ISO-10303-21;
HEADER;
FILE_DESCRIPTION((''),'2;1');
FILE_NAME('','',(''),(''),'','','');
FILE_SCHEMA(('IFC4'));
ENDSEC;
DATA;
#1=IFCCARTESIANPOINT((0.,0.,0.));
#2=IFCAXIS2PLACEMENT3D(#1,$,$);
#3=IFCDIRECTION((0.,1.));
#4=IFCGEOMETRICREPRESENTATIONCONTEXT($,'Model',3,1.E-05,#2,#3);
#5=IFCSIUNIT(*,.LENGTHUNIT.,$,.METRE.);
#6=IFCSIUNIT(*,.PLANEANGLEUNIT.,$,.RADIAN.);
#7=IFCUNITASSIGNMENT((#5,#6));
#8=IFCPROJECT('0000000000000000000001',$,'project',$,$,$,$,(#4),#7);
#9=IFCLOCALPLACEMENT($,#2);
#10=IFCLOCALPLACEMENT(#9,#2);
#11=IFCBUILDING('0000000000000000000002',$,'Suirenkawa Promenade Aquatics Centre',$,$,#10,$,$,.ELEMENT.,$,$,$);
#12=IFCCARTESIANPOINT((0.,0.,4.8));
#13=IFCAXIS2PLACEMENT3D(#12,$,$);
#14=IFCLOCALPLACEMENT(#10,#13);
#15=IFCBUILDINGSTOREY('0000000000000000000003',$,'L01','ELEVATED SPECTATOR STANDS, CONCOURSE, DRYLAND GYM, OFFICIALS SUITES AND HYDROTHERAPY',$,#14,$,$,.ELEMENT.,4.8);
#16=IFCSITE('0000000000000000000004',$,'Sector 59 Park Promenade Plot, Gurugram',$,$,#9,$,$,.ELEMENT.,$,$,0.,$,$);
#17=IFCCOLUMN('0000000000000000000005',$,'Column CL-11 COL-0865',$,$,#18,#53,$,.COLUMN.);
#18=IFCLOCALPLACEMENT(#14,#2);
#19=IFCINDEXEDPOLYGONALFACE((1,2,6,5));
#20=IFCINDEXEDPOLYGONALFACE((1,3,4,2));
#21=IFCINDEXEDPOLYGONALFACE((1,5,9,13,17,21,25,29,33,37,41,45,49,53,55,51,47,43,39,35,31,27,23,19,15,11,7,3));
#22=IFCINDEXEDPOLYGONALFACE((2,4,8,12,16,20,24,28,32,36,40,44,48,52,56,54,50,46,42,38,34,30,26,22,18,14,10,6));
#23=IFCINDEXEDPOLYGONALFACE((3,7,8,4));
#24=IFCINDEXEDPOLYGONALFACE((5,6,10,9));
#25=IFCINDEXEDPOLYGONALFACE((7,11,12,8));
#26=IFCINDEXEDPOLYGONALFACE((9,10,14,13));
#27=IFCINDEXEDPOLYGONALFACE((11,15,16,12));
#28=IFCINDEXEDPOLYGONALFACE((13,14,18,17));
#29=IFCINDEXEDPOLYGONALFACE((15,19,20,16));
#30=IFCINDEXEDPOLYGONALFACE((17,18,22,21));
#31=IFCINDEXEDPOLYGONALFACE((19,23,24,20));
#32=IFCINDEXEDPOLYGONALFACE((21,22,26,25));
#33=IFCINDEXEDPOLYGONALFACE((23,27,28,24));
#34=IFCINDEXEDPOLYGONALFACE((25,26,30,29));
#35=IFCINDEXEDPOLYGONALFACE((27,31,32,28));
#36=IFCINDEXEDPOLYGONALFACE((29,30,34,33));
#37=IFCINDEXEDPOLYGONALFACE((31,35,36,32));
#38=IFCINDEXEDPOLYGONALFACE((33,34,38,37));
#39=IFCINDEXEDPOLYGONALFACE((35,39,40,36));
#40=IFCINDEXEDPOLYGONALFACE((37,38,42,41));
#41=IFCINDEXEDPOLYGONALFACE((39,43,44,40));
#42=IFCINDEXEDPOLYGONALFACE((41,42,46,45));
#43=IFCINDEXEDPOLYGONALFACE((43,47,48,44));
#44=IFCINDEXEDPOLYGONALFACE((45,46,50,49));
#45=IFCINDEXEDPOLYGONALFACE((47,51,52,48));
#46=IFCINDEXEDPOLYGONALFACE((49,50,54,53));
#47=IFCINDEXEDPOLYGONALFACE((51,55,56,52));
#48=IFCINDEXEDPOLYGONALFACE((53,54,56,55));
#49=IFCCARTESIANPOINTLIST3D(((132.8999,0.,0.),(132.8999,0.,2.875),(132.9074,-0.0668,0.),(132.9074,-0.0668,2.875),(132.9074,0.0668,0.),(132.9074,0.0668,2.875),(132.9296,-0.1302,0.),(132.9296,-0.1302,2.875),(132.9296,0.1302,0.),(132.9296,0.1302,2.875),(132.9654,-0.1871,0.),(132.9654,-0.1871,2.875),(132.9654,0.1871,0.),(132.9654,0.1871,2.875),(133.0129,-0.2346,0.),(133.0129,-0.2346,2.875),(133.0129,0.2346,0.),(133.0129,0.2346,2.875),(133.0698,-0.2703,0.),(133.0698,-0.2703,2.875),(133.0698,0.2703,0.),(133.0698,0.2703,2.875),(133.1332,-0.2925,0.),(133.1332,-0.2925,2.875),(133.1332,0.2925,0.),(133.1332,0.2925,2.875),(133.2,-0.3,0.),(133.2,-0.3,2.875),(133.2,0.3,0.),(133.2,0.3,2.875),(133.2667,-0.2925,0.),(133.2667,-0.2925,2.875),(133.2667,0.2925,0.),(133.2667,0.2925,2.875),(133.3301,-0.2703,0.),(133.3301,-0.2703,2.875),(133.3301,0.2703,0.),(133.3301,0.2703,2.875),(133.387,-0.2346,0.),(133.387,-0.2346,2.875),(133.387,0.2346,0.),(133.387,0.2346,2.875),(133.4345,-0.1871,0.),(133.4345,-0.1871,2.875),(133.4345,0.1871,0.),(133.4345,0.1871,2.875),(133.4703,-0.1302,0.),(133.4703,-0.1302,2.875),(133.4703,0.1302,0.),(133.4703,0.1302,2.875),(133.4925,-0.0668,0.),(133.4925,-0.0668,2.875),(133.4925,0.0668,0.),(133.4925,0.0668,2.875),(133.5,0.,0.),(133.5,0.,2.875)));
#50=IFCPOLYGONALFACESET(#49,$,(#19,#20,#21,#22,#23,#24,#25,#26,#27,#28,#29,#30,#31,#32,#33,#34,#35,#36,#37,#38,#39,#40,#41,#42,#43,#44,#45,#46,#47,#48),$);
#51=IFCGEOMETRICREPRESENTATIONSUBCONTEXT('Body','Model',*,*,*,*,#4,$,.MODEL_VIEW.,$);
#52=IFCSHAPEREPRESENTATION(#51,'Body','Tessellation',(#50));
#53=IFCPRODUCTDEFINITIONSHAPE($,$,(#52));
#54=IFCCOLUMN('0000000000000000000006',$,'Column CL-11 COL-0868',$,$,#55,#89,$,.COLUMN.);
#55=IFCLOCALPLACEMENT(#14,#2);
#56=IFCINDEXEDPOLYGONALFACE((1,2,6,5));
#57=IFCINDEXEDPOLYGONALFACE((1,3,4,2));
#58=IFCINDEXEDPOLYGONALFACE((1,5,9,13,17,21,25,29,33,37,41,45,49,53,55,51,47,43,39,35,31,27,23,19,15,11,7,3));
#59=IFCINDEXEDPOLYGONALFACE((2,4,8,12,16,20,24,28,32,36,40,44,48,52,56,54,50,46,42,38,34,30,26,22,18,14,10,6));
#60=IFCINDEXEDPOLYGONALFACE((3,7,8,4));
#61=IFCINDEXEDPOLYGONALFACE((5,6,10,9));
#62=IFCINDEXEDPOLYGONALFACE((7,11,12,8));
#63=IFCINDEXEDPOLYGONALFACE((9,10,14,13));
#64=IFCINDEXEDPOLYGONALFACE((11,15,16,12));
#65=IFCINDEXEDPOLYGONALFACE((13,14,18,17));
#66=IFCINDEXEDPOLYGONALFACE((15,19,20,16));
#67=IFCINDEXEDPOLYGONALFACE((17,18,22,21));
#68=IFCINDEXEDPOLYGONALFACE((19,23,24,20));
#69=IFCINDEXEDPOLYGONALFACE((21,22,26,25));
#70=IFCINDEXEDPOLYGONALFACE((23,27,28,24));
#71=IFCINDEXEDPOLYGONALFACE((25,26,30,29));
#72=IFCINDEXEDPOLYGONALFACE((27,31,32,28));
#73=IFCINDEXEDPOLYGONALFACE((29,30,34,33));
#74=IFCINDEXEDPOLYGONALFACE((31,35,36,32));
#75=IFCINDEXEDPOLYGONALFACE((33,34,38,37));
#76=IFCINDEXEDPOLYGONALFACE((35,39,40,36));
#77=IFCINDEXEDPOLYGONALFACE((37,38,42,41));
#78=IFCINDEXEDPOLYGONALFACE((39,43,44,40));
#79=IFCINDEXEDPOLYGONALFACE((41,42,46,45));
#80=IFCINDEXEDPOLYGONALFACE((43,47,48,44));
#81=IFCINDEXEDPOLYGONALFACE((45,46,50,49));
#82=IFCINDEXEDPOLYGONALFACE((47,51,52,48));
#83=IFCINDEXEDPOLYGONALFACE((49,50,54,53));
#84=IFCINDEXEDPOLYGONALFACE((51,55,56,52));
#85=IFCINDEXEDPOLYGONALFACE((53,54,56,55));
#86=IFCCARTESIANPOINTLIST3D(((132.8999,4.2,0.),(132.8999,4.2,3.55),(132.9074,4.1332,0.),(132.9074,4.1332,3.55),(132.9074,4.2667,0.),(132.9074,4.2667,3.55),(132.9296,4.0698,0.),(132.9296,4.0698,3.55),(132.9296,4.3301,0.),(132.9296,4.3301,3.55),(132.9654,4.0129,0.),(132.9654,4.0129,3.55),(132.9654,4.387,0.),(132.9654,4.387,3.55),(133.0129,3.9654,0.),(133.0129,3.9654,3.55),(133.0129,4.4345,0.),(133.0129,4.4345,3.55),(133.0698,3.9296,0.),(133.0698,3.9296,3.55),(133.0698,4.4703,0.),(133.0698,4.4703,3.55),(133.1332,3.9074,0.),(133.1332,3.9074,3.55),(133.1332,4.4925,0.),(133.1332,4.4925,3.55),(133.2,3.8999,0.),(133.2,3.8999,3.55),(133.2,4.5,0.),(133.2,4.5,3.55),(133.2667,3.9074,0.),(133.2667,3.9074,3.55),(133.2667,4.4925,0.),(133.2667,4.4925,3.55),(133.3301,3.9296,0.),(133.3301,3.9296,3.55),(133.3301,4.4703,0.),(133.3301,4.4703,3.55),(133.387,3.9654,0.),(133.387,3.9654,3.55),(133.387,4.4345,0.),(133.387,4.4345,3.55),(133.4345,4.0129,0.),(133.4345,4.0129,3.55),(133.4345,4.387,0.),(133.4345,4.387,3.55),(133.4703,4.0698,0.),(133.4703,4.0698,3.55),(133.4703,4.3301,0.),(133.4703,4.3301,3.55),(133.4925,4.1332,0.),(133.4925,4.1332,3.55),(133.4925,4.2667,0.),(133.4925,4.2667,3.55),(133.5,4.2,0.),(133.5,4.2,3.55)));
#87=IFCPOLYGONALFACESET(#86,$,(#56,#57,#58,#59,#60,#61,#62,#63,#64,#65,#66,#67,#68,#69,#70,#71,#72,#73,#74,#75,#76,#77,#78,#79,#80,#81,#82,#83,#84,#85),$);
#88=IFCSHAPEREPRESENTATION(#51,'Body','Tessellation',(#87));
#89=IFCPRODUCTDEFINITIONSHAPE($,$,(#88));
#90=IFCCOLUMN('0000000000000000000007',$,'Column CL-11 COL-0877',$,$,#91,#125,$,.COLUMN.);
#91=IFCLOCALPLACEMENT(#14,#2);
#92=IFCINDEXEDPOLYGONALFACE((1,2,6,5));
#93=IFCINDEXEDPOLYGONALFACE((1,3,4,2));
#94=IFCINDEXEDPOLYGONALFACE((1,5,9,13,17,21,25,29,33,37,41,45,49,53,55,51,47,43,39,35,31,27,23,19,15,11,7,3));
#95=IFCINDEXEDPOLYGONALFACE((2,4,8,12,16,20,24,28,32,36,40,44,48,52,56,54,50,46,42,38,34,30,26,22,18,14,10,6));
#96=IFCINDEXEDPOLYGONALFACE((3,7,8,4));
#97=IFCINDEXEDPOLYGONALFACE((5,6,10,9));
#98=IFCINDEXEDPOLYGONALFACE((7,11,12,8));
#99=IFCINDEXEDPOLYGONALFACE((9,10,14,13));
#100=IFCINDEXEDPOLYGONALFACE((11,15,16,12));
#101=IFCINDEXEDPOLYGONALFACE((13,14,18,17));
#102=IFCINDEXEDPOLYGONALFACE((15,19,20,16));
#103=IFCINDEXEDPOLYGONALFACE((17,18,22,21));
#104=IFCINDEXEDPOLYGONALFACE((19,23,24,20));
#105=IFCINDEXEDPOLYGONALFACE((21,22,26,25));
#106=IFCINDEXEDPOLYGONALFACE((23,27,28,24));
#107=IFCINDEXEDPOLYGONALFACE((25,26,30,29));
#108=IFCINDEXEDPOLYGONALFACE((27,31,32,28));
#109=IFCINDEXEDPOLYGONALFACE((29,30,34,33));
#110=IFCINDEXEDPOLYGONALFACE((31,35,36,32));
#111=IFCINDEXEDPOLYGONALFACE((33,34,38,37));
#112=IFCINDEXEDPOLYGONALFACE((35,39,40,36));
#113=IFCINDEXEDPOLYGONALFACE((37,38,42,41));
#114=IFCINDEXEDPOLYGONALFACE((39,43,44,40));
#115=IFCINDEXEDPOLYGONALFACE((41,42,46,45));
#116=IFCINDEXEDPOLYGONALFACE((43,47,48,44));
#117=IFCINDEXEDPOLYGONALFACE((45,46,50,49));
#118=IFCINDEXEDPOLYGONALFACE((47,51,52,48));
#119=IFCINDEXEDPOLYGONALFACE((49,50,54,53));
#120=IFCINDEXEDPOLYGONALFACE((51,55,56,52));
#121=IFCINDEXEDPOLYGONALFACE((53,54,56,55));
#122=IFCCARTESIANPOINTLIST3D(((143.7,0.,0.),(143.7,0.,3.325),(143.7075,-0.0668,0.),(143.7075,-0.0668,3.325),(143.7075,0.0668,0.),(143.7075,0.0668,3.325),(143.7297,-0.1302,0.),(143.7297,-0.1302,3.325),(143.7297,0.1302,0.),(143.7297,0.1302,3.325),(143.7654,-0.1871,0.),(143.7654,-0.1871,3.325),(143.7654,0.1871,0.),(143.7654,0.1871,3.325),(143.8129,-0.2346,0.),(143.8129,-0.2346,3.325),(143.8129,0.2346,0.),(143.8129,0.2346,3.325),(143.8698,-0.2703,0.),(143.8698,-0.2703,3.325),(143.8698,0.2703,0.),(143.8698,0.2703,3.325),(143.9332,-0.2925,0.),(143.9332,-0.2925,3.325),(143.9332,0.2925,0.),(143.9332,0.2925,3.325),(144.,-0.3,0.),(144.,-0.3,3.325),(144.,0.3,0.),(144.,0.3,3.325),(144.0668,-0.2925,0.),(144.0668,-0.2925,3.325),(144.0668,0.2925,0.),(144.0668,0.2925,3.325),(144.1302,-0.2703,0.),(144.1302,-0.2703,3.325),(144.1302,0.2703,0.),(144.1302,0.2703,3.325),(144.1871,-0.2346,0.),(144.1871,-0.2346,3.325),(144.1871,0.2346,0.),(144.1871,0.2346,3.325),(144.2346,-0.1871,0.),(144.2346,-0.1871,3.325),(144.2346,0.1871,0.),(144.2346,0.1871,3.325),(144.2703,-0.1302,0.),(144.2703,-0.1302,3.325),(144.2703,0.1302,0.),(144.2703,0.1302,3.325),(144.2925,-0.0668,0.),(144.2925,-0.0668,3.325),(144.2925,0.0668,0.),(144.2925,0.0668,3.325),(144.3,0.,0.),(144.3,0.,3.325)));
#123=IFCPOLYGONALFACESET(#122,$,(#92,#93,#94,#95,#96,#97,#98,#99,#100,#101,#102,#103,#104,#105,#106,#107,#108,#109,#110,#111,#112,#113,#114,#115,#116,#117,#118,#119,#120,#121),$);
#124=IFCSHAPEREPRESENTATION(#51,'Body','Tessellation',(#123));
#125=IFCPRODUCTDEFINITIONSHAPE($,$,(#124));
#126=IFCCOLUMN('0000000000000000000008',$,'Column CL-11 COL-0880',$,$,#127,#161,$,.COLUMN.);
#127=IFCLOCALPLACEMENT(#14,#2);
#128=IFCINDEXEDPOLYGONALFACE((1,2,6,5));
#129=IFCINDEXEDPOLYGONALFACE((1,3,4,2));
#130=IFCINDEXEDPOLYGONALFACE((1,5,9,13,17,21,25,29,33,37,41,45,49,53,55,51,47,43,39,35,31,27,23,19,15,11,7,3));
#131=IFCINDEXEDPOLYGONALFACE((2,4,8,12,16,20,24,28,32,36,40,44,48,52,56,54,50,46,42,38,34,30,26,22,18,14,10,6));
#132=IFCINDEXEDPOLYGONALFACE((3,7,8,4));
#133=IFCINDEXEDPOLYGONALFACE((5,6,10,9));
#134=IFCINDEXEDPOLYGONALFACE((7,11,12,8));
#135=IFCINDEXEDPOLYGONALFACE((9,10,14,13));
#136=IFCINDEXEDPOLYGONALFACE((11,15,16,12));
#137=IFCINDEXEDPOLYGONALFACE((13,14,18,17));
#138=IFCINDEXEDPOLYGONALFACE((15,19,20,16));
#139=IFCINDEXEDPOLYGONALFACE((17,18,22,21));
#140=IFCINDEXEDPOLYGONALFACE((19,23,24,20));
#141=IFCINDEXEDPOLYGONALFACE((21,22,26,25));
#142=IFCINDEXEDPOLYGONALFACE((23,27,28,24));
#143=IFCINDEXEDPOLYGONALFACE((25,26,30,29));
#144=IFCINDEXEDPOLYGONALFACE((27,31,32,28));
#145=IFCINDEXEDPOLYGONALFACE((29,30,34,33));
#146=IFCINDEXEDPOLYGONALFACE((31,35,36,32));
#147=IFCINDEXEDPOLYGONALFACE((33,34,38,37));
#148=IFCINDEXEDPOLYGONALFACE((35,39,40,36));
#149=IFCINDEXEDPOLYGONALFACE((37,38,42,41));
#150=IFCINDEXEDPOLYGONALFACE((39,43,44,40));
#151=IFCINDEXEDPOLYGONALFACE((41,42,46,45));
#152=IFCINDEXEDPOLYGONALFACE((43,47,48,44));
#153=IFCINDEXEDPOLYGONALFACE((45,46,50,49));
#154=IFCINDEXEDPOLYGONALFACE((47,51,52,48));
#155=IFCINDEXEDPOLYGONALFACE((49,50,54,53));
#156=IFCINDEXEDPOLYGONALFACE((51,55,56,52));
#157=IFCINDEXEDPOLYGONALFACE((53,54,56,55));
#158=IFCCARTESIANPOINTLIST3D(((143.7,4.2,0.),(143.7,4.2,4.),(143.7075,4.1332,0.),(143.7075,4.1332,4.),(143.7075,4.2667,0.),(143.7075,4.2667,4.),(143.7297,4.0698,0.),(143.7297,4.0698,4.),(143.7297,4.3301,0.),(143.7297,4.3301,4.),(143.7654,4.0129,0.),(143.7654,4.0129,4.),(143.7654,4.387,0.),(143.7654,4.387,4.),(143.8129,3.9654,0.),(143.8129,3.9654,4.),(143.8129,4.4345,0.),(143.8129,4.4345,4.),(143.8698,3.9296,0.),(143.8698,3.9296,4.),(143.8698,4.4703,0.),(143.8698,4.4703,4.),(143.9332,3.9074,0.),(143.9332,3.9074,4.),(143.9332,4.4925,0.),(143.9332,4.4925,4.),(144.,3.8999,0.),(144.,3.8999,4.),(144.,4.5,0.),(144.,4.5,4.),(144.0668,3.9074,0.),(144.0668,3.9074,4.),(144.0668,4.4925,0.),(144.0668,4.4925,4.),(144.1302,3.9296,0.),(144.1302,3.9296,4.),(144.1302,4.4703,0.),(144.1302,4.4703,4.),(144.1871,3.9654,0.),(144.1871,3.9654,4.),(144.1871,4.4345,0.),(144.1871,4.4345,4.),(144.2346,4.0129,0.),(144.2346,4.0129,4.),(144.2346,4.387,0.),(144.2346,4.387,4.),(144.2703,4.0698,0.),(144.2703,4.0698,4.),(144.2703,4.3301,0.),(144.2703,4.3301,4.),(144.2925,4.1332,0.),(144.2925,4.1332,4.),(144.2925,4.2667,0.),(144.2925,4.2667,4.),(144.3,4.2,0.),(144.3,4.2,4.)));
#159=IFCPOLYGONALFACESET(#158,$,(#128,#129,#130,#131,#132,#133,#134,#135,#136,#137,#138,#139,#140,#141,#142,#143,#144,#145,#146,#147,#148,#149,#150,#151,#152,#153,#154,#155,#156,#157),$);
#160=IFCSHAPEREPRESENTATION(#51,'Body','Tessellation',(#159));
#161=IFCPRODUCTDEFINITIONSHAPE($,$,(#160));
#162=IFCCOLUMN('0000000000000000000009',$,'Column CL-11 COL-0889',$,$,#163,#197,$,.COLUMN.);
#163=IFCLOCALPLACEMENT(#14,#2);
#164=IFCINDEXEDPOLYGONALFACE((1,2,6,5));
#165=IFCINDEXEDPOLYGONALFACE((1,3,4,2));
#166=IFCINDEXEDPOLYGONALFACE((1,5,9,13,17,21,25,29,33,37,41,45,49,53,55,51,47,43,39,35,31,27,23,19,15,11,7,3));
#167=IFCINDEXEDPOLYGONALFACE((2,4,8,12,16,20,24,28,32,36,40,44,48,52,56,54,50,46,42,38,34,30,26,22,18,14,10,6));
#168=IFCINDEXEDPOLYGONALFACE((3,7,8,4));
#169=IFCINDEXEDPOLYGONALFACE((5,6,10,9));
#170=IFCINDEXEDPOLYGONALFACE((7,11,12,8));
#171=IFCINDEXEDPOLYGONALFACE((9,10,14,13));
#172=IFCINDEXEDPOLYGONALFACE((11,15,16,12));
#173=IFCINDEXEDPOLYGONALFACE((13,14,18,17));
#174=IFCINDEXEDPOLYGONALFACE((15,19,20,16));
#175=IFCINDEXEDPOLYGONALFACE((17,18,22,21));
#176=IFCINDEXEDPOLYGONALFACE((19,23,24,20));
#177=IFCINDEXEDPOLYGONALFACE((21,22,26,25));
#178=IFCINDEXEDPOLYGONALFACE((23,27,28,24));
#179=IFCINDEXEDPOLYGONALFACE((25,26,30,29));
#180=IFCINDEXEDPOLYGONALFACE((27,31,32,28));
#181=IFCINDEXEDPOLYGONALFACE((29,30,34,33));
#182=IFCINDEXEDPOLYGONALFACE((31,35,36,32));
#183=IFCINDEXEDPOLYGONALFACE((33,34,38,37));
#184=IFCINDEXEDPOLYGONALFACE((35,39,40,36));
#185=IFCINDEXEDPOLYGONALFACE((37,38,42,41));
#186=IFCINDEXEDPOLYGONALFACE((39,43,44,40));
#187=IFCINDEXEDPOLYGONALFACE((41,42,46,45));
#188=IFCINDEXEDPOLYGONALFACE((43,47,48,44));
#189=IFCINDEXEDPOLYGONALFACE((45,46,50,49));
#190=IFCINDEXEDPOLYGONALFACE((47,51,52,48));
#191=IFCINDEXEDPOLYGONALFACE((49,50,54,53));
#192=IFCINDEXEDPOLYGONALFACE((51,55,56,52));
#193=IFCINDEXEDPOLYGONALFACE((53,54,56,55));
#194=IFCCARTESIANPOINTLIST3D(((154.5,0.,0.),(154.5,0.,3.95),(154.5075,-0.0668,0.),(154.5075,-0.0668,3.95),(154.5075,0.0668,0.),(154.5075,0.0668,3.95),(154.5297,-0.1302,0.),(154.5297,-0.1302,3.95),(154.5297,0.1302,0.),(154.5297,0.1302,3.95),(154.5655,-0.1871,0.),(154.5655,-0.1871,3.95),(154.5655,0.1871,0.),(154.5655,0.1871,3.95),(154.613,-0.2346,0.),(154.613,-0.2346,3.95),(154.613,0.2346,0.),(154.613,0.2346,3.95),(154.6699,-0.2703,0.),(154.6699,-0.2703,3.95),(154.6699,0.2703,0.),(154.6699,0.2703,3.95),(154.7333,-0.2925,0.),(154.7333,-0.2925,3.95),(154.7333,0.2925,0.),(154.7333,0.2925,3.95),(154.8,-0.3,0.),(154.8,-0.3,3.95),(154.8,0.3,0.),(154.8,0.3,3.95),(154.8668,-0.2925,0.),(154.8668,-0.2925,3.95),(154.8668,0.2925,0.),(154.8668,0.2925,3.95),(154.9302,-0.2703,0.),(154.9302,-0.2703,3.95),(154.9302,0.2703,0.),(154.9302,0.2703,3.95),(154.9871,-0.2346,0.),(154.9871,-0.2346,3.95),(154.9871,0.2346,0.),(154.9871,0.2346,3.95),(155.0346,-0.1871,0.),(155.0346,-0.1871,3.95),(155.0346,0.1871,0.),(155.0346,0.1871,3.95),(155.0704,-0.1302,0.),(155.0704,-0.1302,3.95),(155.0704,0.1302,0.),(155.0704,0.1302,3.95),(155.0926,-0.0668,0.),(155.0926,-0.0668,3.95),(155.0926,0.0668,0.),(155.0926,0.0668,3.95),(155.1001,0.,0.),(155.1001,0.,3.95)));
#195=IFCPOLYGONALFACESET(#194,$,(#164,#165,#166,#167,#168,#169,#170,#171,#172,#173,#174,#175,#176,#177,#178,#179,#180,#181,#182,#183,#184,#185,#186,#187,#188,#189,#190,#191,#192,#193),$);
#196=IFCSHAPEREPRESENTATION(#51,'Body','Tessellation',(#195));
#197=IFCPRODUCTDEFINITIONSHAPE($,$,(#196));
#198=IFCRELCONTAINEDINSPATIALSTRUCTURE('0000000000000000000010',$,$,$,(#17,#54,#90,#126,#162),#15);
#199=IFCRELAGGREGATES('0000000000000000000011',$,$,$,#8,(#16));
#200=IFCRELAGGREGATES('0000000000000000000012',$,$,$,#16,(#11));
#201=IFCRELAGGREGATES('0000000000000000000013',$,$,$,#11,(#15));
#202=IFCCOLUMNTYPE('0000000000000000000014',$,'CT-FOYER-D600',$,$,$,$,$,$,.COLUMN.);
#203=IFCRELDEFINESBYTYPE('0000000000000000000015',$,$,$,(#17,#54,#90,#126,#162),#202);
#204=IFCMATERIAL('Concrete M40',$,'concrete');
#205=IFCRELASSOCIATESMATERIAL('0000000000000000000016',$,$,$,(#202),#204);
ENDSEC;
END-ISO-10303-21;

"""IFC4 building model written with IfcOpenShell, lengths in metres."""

from ifc_helpers import new_model, si_unit, direction, frame, origin, origin_2d, place, context, subcontext, project, spatial, circle, extrude, material, material_profile, profile_set, type_object, element, save


model = new_model("IFC4")

# Units and contexts
model_context = context("Model", 3, precision=1e-05, world=origin(), true_north=direction((0.0, 1.0)))
body_context = subcontext(model_context, "Body", "Model", "MODEL_VIEW")
ifc_project = project(units=[si_unit("LENGTHUNIT", "METRE"), si_unit("PLANEANGLEUNIT", "RADIAN")], contexts=[model_context])

# Site, building, storey
site_placement = place(None, origin())
site = spatial("IfcSite", under=ifc_project, at=site_placement, Name="Sector 59 Park Promenade Plot, Gurugram", CompositionType="ELEMENT", RefElevation=0.0)
building_placement = place(site_placement, origin())
building = spatial("IfcBuilding", under=site, at=building_placement, Name="Suirenkawa Promenade Aquatics Centre", CompositionType="ELEMENT")
storey_placement = place(building_placement, frame((0.0, 0.0, 4.8)))
storey = spatial("IfcBuildingStorey", under=building, at=storey_placement, Name="L01", Description="ELEVATED SPECTATOR STANDS, CONCOURSE, DRYLAND GYM, OFFICIALS SUITES AND HYDROTHERAPY", CompositionType="ELEMENT", Elevation=4.8)

# Columns
ifc_material_1 = material(Name="Concrete M40", Category="concrete")
ifc_material_profile_1 = material_profile(ifc_material_1, circle(Radius=0.3, at=origin_2d()), Name="RC FOYER D600", Category="concrete")
ifc_profile_set_1 = profile_set([ifc_material_profile_1], Name="Concrete M40")
column_type_1 = type_object("IfcColumnType", Name="CT-FOYER-D600", PredefinedType="COLUMN", material=ifc_profile_set_1)
column_1_placement = place(storey_placement, frame((133.2, 0.0, 0.0), z_axis=(0.0, 0.0, 1.0), x_axis=(1.0, 0.0, 0.0)))
element("IfcColumn", 1, at=column_1_placement, inside=storey, type_object=column_type_1, Name="Column CL-11 COL-0865", PredefinedType="COLUMN", context=body_context, shape_type="SweptSolid", body=[
    extrude(circle(Radius=0.3, at=origin_2d()), origin(), (0.0, 0.0, 1.0), 2.875),
])
column_2_placement = place(storey_placement, frame((133.2, 4.2, 0.0), z_axis=(0.0, 0.0, 1.0), x_axis=(1.0, 0.0, 0.0)))
element("IfcColumn", 2, at=column_2_placement, inside=storey, type_object=column_type_1, Name="Column CL-11 COL-0868", PredefinedType="COLUMN", context=body_context, shape_type="SweptSolid", body=[
    extrude(circle(Radius=0.3, at=origin_2d()), origin(), (0.0, 0.0, 1.0), 3.55),
])
column_3_placement = place(storey_placement, frame((144.0, 0.0, 0.0), z_axis=(0.0, 0.0, 1.0), x_axis=(1.0, 0.0, 0.0)))
element("IfcColumn", 3, at=column_3_placement, inside=storey, type_object=column_type_1, Name="Column CL-11 COL-0877", PredefinedType="COLUMN", context=body_context, shape_type="SweptSolid", body=[
    extrude(circle(Radius=0.3, at=origin_2d()), origin(), (0.0, 0.0, 1.0), 3.325),
])
column_4_placement = place(storey_placement, frame((144.0, 4.2, 0.0), z_axis=(0.0, 0.0, 1.0), x_axis=(1.0, 0.0, 0.0)))
element("IfcColumn", 4, at=column_4_placement, inside=storey, type_object=column_type_1, Name="Column CL-11 COL-0880", PredefinedType="COLUMN", context=body_context, shape_type="SweptSolid", body=[
    extrude(circle(Radius=0.3, at=origin_2d()), origin(), (0.0, 0.0, 1.0), 4.0),
])
column_5_placement = place(storey_placement, frame((154.8, 0.0, 0.0), z_axis=(0.0, 0.0, 1.0), x_axis=(1.0, 0.0, 0.0)))
element("IfcColumn", 5, at=column_5_placement, inside=storey, type_object=column_type_1, Name="Column CL-11 COL-0889", PredefinedType="COLUMN", context=body_context, shape_type="SweptSolid", body=[
    extrude(circle(Radius=0.3, at=origin_2d()), origin(), (0.0, 0.0, 1.0), 3.95),
])

save(model, "model.ifc")
